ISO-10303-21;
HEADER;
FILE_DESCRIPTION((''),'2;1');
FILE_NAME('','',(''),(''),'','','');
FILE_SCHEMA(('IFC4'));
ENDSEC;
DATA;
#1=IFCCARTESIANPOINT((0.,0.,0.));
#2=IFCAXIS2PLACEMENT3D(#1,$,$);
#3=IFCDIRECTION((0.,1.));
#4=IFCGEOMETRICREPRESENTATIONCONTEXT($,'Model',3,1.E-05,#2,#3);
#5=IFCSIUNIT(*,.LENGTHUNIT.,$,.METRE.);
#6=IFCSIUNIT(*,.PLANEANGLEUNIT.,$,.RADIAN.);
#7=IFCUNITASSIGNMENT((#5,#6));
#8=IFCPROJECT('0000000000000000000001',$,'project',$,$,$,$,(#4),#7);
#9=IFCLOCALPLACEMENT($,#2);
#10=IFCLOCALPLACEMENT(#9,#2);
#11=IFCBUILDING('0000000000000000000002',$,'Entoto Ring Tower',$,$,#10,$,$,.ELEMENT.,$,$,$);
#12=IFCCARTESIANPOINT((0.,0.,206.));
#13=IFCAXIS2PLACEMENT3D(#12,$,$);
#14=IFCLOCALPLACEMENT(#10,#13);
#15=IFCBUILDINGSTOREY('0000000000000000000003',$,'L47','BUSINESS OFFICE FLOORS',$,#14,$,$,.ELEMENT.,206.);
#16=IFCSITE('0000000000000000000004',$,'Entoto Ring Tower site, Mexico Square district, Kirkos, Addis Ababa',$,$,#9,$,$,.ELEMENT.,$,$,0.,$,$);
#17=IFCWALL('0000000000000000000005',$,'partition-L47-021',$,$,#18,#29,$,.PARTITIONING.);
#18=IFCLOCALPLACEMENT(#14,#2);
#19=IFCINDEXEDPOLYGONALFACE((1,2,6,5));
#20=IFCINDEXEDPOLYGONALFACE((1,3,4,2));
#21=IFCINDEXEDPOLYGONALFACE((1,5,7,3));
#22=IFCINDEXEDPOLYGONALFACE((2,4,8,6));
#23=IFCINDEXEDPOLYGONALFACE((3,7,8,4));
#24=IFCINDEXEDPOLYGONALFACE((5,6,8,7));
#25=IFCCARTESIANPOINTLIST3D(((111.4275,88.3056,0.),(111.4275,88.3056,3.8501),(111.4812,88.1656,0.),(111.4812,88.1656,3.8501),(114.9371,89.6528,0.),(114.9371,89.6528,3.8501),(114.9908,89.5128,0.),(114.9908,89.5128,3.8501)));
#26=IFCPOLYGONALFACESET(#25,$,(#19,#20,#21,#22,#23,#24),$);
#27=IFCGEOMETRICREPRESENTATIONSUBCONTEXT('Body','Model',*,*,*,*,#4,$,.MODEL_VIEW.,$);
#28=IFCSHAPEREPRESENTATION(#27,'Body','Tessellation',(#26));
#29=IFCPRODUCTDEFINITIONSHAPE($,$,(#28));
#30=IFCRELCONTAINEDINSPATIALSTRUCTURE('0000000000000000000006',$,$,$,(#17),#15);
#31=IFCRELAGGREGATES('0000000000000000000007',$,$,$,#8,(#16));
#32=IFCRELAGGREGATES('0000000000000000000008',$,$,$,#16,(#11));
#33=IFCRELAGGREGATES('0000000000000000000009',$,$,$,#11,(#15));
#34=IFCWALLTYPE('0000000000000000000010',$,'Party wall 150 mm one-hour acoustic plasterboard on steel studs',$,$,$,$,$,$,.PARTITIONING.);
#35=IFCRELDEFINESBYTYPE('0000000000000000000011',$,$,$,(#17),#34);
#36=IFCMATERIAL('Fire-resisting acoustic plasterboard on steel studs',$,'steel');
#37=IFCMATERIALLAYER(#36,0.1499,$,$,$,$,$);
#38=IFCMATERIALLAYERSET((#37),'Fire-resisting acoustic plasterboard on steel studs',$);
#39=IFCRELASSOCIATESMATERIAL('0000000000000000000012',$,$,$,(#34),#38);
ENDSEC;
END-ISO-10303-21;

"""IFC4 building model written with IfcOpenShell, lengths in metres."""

from ifc_helpers import new_model, si_unit, direction, frame, frame_2d, origin, place, context, subcontext, project, spatial, rectangle, extrude, material, layer, layer_set, type_object, element, save


model = new_model("IFC4")

# Units and contexts
model_context = context("Model", 3, precision=1e-05, world=origin(), true_north=direction((0.0, 1.0)))
body_context = subcontext(model_context, "Body", "Model", "MODEL_VIEW")
ifc_project = project(units=[si_unit("LENGTHUNIT", "METRE"), si_unit("PLANEANGLEUNIT", "RADIAN")], contexts=[model_context])

# Site, building, storey
site_placement = place(None, origin())
site = spatial("IfcSite", under=ifc_project, at=site_placement, Name="Entoto Ring Tower site, Mexico Square district, Kirkos, Addis Ababa", CompositionType="ELEMENT", RefElevation=0.0)
building_placement = place(site_placement, origin())
building = spatial("IfcBuilding", under=site, at=building_placement, Name="Entoto Ring Tower", CompositionType="ELEMENT")
storey_placement = place(building_placement, frame((0.0, 0.0, 206.0)))
storey = spatial("IfcBuildingStorey", under=building, at=storey_placement, Name="L47", Description="BUSINESS OFFICE FLOORS", CompositionType="ELEMENT", Elevation=206.0)

# Wall
ifc_material_1 = material(Name="Fire-resisting acoustic plasterboard on steel studs", Category="steel")
ifc_layer_1 = layer(ifc_material_1, 0.1499)
ifc_layer_set_1 = layer_set([ifc_layer_1], Name="Fire-resisting acoustic plasterboard on steel studs")
wall_type_1 = type_object("IfcWallType", Name="Party wall 150 mm one-hour acoustic plasterboard on steel studs", PredefinedType="PARTITIONING", material=ifc_layer_set_1)
wall_1_placement = place(storey_placement, frame((111.4543, 88.2356, 0.0), z_axis=(0.0, 0.0, 1.0), x_axis=(0.933581, 0.358365, 0.0)))
element("IfcWall", 1, at=wall_1_placement, inside=storey, type_object=wall_type_1, Name="partition-L47-021", PredefinedType="PARTITIONING", context=body_context, shape_type="SweptSolid", body=[
    extrude(rectangle(XDim=3.7593, YDim=0.1499, at=frame_2d((1.8796, 0.0))), origin(), (0.0, 0.0, 1.0), 3.8501),
])

save(model, "model.ifc")
